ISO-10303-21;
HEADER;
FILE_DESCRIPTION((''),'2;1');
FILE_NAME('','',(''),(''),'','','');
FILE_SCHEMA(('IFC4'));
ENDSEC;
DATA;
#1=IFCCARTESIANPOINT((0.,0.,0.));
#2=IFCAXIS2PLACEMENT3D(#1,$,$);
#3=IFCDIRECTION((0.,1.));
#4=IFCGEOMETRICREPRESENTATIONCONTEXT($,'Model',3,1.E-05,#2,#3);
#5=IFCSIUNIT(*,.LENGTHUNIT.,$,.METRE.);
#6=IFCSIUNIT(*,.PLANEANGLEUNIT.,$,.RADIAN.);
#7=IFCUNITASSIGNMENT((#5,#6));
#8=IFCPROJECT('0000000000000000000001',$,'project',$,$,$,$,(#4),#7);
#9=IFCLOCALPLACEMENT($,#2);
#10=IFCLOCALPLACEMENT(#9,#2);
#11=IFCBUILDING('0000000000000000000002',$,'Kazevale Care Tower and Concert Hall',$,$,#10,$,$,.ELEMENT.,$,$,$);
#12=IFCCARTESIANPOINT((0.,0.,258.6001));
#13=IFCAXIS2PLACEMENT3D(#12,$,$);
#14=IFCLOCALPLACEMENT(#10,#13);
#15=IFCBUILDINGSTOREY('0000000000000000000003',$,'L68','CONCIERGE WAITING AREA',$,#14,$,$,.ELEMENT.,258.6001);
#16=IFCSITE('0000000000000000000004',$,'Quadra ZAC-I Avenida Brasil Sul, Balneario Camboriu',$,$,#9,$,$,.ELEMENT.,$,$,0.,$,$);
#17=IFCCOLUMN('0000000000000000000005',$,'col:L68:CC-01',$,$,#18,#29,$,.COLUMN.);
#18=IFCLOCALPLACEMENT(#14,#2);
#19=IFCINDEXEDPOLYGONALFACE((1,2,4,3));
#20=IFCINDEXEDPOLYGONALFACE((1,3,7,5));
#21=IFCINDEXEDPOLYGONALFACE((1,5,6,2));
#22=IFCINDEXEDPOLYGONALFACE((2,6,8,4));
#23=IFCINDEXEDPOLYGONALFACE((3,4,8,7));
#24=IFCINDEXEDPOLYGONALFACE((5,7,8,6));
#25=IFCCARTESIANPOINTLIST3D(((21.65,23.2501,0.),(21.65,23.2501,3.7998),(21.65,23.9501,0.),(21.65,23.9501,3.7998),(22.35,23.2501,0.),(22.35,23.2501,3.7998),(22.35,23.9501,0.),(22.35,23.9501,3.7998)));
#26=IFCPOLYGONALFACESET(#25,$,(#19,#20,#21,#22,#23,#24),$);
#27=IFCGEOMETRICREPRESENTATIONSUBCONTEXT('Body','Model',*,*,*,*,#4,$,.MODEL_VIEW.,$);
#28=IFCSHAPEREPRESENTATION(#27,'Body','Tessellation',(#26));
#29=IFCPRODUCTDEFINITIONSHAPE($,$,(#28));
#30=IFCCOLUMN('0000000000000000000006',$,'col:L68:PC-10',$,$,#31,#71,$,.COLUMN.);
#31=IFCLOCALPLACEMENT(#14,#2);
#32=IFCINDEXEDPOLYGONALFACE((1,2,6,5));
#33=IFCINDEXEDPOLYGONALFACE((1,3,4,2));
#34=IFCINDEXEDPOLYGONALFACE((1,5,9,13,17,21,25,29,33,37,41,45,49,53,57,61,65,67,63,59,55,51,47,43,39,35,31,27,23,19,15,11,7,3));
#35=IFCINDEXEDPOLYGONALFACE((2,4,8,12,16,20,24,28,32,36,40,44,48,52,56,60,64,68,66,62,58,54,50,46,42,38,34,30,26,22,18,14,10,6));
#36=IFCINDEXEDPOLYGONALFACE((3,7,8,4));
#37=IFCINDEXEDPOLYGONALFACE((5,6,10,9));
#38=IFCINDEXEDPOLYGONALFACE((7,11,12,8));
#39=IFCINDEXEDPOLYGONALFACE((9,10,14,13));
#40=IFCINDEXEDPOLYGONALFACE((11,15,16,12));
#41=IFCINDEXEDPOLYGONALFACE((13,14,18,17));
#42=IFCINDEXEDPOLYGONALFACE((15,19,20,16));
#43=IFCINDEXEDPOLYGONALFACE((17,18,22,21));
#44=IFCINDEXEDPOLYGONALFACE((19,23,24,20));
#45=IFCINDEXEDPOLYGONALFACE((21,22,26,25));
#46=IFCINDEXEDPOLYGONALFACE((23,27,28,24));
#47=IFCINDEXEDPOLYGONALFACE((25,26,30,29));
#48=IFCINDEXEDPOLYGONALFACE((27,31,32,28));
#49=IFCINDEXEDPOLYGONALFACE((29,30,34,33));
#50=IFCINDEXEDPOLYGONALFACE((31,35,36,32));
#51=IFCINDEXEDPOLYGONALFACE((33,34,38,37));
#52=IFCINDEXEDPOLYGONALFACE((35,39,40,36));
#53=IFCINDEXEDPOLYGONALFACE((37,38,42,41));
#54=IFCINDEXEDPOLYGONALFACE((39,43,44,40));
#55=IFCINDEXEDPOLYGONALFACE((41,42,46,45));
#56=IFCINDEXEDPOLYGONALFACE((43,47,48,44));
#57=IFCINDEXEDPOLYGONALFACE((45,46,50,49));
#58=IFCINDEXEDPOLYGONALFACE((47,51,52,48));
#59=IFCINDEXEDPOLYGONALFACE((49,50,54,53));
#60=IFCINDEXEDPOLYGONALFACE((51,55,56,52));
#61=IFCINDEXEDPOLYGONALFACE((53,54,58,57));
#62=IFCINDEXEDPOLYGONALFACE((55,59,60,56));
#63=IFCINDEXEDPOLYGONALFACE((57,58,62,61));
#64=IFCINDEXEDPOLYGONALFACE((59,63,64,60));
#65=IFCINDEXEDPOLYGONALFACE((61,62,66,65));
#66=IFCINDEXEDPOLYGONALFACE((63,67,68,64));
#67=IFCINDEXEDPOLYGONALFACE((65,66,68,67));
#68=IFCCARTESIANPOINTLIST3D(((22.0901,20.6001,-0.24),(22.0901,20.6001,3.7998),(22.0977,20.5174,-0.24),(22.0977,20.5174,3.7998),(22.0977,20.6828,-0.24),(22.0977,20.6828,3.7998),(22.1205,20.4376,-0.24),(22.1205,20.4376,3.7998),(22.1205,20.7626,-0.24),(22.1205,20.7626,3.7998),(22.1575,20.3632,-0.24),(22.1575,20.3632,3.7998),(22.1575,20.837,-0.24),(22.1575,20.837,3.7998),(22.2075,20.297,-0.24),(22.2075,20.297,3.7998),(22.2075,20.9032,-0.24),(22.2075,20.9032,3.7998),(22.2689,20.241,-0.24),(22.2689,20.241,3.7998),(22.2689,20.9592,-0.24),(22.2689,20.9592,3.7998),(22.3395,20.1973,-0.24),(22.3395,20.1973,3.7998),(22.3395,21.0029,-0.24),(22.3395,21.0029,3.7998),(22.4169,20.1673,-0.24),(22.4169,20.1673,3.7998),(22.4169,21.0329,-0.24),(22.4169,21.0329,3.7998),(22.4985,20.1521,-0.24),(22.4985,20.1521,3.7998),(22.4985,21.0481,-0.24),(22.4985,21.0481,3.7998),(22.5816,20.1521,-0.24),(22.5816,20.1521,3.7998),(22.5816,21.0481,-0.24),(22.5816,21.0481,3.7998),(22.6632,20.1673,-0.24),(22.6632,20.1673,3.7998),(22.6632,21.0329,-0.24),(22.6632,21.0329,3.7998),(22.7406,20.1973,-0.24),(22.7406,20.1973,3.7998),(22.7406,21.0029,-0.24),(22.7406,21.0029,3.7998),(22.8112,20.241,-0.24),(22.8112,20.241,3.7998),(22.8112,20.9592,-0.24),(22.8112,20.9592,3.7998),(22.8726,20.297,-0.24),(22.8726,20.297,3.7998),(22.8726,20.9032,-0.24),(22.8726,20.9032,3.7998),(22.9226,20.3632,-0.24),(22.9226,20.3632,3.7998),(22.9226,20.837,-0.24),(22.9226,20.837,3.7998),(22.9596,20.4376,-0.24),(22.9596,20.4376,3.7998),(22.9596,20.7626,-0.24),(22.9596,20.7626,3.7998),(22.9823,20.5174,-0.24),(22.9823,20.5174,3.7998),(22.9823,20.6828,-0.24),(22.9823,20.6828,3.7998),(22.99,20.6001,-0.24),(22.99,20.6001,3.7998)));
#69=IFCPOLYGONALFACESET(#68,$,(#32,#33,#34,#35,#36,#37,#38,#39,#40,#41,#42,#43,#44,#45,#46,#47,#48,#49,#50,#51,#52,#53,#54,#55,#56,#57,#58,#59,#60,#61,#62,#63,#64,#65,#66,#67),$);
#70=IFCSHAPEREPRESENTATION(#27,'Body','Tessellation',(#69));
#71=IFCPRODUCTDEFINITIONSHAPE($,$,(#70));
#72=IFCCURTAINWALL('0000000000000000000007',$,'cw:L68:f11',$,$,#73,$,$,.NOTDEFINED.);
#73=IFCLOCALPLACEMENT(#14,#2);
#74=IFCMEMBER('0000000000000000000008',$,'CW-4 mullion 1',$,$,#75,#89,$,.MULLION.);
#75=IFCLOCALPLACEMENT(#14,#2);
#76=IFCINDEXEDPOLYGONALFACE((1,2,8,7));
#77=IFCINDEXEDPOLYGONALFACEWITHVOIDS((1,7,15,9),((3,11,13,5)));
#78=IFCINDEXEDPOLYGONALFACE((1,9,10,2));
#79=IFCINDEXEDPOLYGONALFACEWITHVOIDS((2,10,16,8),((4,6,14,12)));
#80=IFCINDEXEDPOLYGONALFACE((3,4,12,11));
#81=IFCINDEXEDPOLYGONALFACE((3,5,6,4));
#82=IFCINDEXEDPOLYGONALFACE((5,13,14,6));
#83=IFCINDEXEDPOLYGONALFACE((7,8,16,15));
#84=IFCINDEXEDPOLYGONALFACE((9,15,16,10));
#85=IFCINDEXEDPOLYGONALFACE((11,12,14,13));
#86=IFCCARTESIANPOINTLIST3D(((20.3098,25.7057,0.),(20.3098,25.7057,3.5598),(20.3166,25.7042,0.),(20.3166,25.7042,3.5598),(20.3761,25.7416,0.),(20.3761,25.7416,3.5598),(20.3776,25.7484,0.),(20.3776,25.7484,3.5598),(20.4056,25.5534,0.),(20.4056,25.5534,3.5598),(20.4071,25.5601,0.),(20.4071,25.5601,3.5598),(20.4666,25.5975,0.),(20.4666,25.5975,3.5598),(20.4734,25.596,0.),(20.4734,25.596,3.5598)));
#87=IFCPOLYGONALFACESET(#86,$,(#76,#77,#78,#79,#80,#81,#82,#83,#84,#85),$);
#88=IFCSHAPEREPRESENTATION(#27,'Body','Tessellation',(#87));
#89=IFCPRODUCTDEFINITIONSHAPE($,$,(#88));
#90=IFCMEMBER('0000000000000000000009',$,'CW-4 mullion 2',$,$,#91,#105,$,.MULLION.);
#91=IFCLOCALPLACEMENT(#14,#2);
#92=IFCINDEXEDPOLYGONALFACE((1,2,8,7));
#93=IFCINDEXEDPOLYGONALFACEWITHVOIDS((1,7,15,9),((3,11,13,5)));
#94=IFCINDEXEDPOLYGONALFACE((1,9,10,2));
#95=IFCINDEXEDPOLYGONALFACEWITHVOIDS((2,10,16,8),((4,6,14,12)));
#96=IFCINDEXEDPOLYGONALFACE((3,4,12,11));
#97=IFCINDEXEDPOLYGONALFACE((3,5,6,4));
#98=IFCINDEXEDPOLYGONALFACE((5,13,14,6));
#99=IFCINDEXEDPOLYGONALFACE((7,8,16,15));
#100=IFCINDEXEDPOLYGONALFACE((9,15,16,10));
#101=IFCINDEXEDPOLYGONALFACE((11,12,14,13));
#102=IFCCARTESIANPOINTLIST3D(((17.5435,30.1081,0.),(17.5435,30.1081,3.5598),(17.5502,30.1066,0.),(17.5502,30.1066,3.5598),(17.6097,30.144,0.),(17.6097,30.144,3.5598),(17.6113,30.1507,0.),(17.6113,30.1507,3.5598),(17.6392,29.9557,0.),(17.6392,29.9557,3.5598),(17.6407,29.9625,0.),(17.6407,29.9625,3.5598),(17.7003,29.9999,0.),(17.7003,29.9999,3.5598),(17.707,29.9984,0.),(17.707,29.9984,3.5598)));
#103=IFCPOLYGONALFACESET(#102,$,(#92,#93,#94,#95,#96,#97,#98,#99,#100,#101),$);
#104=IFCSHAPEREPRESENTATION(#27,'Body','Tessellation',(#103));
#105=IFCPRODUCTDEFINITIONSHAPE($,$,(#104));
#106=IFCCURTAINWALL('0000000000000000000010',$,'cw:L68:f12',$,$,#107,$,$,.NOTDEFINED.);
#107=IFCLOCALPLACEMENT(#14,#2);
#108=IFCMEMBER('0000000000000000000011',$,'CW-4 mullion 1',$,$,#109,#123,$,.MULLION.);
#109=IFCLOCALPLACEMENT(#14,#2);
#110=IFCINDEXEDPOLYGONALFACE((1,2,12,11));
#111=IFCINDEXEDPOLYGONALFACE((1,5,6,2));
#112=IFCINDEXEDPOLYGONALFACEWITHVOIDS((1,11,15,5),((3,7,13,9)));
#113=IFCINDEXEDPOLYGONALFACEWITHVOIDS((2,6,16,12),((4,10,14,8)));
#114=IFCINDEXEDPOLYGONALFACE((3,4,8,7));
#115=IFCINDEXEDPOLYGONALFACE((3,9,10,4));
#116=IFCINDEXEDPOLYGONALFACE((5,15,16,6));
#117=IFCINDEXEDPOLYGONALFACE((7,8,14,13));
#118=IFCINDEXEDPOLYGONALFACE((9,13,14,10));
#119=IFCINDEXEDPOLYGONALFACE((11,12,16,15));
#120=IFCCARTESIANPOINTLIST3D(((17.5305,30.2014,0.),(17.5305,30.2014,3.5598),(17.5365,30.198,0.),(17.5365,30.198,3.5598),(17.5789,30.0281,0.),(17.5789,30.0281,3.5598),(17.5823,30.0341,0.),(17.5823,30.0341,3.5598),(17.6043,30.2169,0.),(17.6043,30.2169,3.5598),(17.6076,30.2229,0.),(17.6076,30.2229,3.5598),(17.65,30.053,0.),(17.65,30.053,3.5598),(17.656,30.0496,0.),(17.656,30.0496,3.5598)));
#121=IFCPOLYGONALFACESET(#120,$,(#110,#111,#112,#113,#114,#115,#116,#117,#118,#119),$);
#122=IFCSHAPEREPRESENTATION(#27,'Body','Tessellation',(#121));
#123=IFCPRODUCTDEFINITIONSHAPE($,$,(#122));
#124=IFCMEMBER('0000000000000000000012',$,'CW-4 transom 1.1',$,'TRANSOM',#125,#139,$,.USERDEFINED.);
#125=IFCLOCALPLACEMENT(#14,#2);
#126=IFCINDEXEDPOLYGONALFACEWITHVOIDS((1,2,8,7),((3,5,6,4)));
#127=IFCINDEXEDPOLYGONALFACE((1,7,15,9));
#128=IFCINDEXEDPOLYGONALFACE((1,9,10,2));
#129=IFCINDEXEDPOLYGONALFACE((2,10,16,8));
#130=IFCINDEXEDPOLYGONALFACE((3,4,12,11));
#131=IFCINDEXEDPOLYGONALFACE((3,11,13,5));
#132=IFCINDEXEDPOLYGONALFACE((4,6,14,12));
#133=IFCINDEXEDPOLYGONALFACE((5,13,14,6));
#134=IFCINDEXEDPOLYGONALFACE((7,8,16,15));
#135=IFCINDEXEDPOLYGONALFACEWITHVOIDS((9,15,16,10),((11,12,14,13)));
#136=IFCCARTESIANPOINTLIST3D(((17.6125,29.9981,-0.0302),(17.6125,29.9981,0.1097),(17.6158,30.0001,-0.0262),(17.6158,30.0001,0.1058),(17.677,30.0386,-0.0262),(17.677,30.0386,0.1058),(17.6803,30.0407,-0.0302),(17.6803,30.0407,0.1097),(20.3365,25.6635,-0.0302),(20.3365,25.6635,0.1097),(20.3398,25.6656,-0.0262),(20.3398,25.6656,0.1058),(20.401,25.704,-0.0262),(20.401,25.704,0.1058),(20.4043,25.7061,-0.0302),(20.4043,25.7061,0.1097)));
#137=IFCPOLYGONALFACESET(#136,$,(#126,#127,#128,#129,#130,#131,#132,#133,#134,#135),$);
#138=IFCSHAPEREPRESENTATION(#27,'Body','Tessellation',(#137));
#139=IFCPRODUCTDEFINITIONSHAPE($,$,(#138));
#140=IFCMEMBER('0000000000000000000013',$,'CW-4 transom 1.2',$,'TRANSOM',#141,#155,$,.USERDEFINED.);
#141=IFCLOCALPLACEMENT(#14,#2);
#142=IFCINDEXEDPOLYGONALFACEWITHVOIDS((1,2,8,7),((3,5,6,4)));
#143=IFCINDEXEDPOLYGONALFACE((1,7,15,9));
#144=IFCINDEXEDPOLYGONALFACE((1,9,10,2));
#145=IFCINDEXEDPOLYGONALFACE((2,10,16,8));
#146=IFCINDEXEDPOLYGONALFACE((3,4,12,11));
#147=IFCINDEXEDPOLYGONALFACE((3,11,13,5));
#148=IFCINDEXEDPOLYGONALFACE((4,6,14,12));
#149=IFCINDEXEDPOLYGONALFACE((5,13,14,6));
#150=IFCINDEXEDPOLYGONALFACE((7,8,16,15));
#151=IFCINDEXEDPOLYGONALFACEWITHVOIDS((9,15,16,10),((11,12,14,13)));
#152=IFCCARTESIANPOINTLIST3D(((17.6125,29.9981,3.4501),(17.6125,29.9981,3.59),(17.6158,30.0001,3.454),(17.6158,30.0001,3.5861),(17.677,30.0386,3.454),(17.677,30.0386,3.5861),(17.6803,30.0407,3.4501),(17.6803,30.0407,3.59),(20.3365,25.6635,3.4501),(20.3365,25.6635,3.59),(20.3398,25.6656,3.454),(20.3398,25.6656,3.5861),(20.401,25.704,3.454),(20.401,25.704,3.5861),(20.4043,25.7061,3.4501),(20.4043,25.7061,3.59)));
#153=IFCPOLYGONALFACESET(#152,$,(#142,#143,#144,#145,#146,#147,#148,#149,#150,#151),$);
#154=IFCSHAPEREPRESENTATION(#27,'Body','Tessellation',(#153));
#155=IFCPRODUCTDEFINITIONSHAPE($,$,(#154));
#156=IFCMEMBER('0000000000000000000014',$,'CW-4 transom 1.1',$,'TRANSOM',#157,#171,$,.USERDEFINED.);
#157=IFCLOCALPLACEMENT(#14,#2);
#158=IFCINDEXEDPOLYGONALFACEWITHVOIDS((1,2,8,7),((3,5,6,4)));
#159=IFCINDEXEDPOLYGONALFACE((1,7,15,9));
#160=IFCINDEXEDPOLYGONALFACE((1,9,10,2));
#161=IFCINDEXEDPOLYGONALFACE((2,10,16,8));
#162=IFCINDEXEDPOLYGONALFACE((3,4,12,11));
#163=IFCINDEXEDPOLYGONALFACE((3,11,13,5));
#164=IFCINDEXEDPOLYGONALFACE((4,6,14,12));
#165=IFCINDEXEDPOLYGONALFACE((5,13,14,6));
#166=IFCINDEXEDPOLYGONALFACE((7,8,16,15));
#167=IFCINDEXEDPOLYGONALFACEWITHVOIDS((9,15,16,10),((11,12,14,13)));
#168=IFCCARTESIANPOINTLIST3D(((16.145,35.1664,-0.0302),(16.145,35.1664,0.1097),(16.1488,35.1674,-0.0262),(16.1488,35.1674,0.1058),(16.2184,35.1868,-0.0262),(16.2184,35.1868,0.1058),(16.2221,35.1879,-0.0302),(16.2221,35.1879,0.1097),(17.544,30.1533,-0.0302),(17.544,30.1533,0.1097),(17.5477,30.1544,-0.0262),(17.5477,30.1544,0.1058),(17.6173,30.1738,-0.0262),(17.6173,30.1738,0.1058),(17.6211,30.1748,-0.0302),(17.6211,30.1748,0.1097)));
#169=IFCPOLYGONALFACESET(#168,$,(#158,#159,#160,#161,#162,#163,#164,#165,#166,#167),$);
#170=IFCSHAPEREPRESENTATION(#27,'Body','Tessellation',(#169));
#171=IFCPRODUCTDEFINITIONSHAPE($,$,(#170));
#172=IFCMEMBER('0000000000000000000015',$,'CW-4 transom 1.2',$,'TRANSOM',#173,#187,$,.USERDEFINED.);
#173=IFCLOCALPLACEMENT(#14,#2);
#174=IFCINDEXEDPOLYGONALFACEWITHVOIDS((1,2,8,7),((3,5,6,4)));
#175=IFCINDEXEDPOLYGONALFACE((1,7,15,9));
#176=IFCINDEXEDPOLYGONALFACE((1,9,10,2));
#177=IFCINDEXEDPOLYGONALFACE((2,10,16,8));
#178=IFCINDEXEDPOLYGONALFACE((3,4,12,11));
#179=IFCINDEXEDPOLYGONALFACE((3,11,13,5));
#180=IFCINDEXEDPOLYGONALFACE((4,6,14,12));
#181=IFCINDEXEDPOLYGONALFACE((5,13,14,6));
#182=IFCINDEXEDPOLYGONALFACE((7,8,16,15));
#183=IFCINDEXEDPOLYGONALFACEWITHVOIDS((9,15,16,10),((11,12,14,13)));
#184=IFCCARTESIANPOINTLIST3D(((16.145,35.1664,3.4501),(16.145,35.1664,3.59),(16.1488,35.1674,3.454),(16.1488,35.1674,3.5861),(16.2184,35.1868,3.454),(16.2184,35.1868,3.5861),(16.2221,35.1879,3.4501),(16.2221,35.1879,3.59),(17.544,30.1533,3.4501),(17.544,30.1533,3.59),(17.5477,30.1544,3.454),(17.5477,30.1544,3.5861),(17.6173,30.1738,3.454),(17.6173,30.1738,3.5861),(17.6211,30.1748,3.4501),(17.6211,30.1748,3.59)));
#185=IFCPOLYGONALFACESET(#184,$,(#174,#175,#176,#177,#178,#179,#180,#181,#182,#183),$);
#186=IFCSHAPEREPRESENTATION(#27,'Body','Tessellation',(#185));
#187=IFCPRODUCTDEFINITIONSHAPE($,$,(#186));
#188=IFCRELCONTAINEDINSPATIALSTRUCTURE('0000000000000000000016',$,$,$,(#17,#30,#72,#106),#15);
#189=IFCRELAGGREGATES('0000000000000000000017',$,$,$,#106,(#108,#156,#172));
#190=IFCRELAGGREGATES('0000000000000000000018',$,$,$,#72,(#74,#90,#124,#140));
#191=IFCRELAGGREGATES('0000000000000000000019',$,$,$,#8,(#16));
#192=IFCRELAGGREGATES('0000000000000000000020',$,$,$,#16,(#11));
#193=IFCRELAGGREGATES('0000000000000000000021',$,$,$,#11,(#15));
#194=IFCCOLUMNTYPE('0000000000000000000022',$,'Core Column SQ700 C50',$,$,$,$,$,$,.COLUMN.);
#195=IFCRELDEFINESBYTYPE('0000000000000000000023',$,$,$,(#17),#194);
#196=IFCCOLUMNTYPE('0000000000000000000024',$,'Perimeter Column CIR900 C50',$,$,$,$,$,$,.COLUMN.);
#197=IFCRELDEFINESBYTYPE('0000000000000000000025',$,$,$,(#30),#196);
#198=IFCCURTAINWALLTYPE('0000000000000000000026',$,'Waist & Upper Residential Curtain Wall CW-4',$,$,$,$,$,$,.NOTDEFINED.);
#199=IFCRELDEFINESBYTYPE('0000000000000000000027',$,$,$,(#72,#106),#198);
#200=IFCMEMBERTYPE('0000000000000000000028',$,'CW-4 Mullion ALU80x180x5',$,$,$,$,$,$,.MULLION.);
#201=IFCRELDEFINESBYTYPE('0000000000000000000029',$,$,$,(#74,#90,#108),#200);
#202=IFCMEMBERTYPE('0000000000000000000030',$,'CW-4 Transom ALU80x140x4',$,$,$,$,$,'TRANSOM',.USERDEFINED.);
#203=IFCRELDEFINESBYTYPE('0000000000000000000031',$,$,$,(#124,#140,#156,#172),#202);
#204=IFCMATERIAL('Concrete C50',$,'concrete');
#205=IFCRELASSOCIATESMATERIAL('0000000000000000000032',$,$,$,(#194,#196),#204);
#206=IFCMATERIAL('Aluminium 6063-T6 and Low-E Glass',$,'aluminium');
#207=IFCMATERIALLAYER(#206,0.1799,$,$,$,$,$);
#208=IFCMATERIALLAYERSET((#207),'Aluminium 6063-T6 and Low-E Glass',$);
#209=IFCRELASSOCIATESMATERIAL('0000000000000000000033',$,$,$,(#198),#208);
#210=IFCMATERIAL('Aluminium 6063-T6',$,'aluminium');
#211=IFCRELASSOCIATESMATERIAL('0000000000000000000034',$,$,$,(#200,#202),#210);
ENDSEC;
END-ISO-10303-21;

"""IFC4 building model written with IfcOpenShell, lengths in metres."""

from ifc_helpers import new_model, si_unit, direction, frame, origin, origin_2d, place, context, subcontext, project, spatial, rectangle, hollow_rectangle, circle, extrude, material, layer, layer_set, material_profile, profile_set, type_object, element, aggregate, save


model = new_model("IFC4")

# Units and contexts
model_context = context("Model", 3, precision=1e-05, world=origin(), true_north=direction((0.0, 1.0)))
body_context = subcontext(model_context, "Body", "Model", "MODEL_VIEW")
ifc_project = project(units=[si_unit("LENGTHUNIT", "METRE"), si_unit("PLANEANGLEUNIT", "RADIAN")], contexts=[model_context])

# Site, building, storey
site_placement = place(None, origin())
site = spatial("IfcSite", under=ifc_project, at=site_placement, Name="Quadra ZAC-I Avenida Brasil Sul, Balneario Camboriu", CompositionType="ELEMENT", RefElevation=0.0)
building_placement = place(site_placement, origin())
building = spatial("IfcBuilding", under=site, at=building_placement, Name="Kazevale Care Tower and Concert Hall", CompositionType="ELEMENT")
storey_placement = place(building_placement, frame((0.0, 0.0, 258.6001)))
storey = spatial("IfcBuildingStorey", under=building, at=storey_placement, Name="L68", Description="CONCIERGE WAITING AREA", CompositionType="ELEMENT", Elevation=258.6001)

# Columns
ifc_material_1 = material(Name="Concrete C50", Category="concrete")
ifc_material_profile_1 = material_profile(ifc_material_1, rectangle(XDim=0.7, YDim=0.7, at=origin_2d()), Name="RC-SQ700")
ifc_profile_set_1 = profile_set([ifc_material_profile_1], Name="Concrete C50")
column_type_1 = type_object("IfcColumnType", Name="Core Column SQ700 C50", PredefinedType="COLUMN", material=ifc_profile_set_1)
column_1_placement = place(storey_placement, frame((22.0, 23.6001, 0.0), z_axis=(0.0, 0.0, 1.0), x_axis=(1.0, 0.0, 0.0)))
element("IfcColumn", 1, at=column_1_placement, inside=storey, type_object=column_type_1, Name="col:L68:CC-01", PredefinedType="COLUMN", context=body_context, shape_type="SweptSolid", body=[
    extrude(rectangle(XDim=0.7, YDim=0.7, at=origin_2d()), origin(), (0.0, 0.0, 1.0), 3.7998),
])
ifc_material_profile_2 = material_profile(ifc_material_1, circle(Radius=0.45, at=origin_2d()), Name="RC-CIR900")
ifc_profile_set_2 = profile_set([ifc_material_profile_2], Name="Concrete C50")
column_type_2 = type_object("IfcColumnType", Name="Perimeter Column CIR900 C50", PredefinedType="COLUMN", material=ifc_profile_set_2)
column_2_placement = place(storey_placement, frame((22.54, 20.6001, -0.24), z_axis=(0.0, 0.0, 1.0), x_axis=(1.0, 0.0, 0.0)))
element("IfcColumn", 2, at=column_2_placement, inside=storey, type_object=column_type_2, Name="col:L68:PC-10", PredefinedType="COLUMN", context=body_context, shape_type="SweptSolid", body=[
    extrude(circle(Radius=0.45, at=origin_2d()), origin(), (0.0, 0.0, 1.0), 4.0398),
])

# Curtain wall, members
ifc_material_2 = material(Name="Aluminium 6063-T6 and Low-E Glass", Category="aluminium")
ifc_layer_1 = layer(ifc_material_2, 0.1799)
ifc_layer_set_1 = layer_set([ifc_layer_1], Name="Aluminium 6063-T6 and Low-E Glass")
curtain_wall_type_1 = type_object("IfcCurtainWallType", Name="Waist & Upper Residential Curtain Wall CW-4", PredefinedType="NOTDEFINED", material=ifc_layer_set_1)
curtain_wall_1_placement = place(storey_placement, origin())
curtain_wall_1 = element("IfcCurtainWall", 3, at=curtain_wall_1_placement, inside=storey, type_object=curtain_wall_type_1, Name="cw:L68:f11", PredefinedType="NOTDEFINED")
ifc_material_3 = material(Name="Aluminium 6063-T6", Category="aluminium")
ifc_material_profile_3 = material_profile(ifc_material_3, hollow_rectangle(XDim=0.0801, YDim=0.1799, WallThickness=0.0049, at=origin_2d()), Name="ALU80x180x5")
ifc_profile_set_3 = profile_set([ifc_material_profile_3], Name="Aluminium 6063-T6")
member_type_1 = type_object("IfcMemberType", Name="CW-4 Mullion ALU80x180x5", PredefinedType="MULLION", material=ifc_profile_set_3)
member_1_placement = place(storey_placement, frame((20.3916, 25.6509, 0.0), z_axis=(0.0, 0.0, 1.0), x_axis=(-0.846698, -0.532075, 0.0)))
member_1 = element("IfcMember", 4, at=member_1_placement, type_object=member_type_1, Name="CW-4 mullion 1", PredefinedType="MULLION", context=body_context, shape_type="SweptSolid", body=[
    extrude(hollow_rectangle(XDim=0.0801, YDim=0.1799, WallThickness=0.0049, at=origin_2d()), origin(), (0.0, 0.0, 1.0), 3.5598),
])
member_2_placement = place(storey_placement, frame((17.6252, 30.0532, 0.0), z_axis=(0.0, 0.0, 1.0), x_axis=(-0.846698, -0.532075, 0.0)))
member_2 = element("IfcMember", 5, at=member_2_placement, type_object=member_type_1, Name="CW-4 mullion 2", PredefinedType="MULLION", context=body_context, shape_type="SweptSolid", body=[
    extrude(hollow_rectangle(XDim=0.0801, YDim=0.1799, WallThickness=0.0049, at=origin_2d()), origin(), (0.0, 0.0, 1.0), 3.5598),
])

# Curtain wall, member
curtain_wall_2_placement = place(storey_placement, origin())
curtain_wall_2 = element("IfcCurtainWall", 6, at=curtain_wall_2_placement, inside=storey, type_object=curtain_wall_type_1, Name="cw:L68:f12", PredefinedType="NOTDEFINED")
member_3_placement = place(storey_placement, frame((17.5933, 30.1255, 0.0), z_axis=(0.0, 0.0, 1.0), x_axis=(-0.963194, -0.268807, 0.0)))
member_3 = element("IfcMember", 7, at=member_3_placement, type_object=member_type_1, Name="CW-4 mullion 1", PredefinedType="MULLION", context=body_context, shape_type="SweptSolid", body=[
    extrude(hollow_rectangle(XDim=0.0801, YDim=0.1799, WallThickness=0.0049, at=origin_2d()), origin(), (0.0, 0.0, 1.0), 3.5598),
])

# Members
ifc_material_profile_4 = material_profile(ifc_material_3, hollow_rectangle(XDim=0.0801, YDim=0.1399, WallThickness=0.0039, at=origin_2d()), Name="ALU80x140x4")
ifc_profile_set_4 = profile_set([ifc_material_profile_4], Name="Aluminium 6063-T6")
member_type_2 = type_object("IfcMemberType", Name="CW-4 Transom ALU80x140x4", ElementType="TRANSOM", PredefinedType="USERDEFINED", material=ifc_profile_set_4)
member_4_placement = place(storey_placement, frame((20.3704, 25.6848, 0.0398), z_axis=(-0.532081, 0.846694, 0.0), x_axis=(-0.846694, -0.532081, 0.0)))
member_4 = element("IfcMember", 8, at=member_4_placement, type_object=member_type_2, Name="CW-4 transom 1.1", ObjectType="TRANSOM", PredefinedType="USERDEFINED", context=body_context, shape_type="SweptSolid", body=[
    extrude(hollow_rectangle(XDim=0.0801, YDim=0.1399, WallThickness=0.0039, at=origin_2d()), origin(), (0.0, 0.0, 1.0), 5.1194),
])
member_5_placement = place(storey_placement, frame((20.3704, 25.6848, 3.52), z_axis=(-0.532081, 0.846694, 0.0), x_axis=(-0.846694, -0.532081, 0.0)))
member_5 = element("IfcMember", 9, at=member_5_placement, type_object=member_type_2, Name="CW-4 transom 1.2", ObjectType="TRANSOM", PredefinedType="USERDEFINED", context=body_context, shape_type="SweptSolid", body=[
    extrude(hollow_rectangle(XDim=0.0801, YDim=0.1399, WallThickness=0.0039, at=origin_2d()), origin(), (0.0, 0.0, 1.0), 5.1194),
])
member_6_placement = place(storey_placement, frame((17.5825, 30.1641, 0.0398), z_axis=(-0.268793, 0.963198, 0.0), x_axis=(-0.963198, -0.268793, 0.0)))
member_6 = element("IfcMember", 10, at=member_6_placement, type_object=member_type_2, Name="CW-4 transom 1.1", ObjectType="TRANSOM", PredefinedType="USERDEFINED", context=body_context, shape_type="SweptSolid", body=[
    extrude(hollow_rectangle(XDim=0.0801, YDim=0.1399, WallThickness=0.0039, at=origin_2d()), origin(), (0.0, 0.0, 1.0), 5.2046),
])
member_7_placement = place(storey_placement, frame((17.5825, 30.1641, 3.52), z_axis=(-0.268793, 0.963198, 0.0), x_axis=(-0.963198, -0.268793, 0.0)))
member_7 = element("IfcMember", 11, at=member_7_placement, type_object=member_type_2, Name="CW-4 transom 1.2", ObjectType="TRANSOM", PredefinedType="USERDEFINED", context=body_context, shape_type="SweptSolid", body=[
    extrude(hollow_rectangle(XDim=0.0801, YDim=0.1399, WallThickness=0.0039, at=origin_2d()), origin(), (0.0, 0.0, 1.0), 5.2046),
])
aggregate(curtain_wall_2, [member_3, member_6, member_7])

aggregate(curtain_wall_1, [member_1, member_2, member_4, member_5])

save(model, "model.ifc")
